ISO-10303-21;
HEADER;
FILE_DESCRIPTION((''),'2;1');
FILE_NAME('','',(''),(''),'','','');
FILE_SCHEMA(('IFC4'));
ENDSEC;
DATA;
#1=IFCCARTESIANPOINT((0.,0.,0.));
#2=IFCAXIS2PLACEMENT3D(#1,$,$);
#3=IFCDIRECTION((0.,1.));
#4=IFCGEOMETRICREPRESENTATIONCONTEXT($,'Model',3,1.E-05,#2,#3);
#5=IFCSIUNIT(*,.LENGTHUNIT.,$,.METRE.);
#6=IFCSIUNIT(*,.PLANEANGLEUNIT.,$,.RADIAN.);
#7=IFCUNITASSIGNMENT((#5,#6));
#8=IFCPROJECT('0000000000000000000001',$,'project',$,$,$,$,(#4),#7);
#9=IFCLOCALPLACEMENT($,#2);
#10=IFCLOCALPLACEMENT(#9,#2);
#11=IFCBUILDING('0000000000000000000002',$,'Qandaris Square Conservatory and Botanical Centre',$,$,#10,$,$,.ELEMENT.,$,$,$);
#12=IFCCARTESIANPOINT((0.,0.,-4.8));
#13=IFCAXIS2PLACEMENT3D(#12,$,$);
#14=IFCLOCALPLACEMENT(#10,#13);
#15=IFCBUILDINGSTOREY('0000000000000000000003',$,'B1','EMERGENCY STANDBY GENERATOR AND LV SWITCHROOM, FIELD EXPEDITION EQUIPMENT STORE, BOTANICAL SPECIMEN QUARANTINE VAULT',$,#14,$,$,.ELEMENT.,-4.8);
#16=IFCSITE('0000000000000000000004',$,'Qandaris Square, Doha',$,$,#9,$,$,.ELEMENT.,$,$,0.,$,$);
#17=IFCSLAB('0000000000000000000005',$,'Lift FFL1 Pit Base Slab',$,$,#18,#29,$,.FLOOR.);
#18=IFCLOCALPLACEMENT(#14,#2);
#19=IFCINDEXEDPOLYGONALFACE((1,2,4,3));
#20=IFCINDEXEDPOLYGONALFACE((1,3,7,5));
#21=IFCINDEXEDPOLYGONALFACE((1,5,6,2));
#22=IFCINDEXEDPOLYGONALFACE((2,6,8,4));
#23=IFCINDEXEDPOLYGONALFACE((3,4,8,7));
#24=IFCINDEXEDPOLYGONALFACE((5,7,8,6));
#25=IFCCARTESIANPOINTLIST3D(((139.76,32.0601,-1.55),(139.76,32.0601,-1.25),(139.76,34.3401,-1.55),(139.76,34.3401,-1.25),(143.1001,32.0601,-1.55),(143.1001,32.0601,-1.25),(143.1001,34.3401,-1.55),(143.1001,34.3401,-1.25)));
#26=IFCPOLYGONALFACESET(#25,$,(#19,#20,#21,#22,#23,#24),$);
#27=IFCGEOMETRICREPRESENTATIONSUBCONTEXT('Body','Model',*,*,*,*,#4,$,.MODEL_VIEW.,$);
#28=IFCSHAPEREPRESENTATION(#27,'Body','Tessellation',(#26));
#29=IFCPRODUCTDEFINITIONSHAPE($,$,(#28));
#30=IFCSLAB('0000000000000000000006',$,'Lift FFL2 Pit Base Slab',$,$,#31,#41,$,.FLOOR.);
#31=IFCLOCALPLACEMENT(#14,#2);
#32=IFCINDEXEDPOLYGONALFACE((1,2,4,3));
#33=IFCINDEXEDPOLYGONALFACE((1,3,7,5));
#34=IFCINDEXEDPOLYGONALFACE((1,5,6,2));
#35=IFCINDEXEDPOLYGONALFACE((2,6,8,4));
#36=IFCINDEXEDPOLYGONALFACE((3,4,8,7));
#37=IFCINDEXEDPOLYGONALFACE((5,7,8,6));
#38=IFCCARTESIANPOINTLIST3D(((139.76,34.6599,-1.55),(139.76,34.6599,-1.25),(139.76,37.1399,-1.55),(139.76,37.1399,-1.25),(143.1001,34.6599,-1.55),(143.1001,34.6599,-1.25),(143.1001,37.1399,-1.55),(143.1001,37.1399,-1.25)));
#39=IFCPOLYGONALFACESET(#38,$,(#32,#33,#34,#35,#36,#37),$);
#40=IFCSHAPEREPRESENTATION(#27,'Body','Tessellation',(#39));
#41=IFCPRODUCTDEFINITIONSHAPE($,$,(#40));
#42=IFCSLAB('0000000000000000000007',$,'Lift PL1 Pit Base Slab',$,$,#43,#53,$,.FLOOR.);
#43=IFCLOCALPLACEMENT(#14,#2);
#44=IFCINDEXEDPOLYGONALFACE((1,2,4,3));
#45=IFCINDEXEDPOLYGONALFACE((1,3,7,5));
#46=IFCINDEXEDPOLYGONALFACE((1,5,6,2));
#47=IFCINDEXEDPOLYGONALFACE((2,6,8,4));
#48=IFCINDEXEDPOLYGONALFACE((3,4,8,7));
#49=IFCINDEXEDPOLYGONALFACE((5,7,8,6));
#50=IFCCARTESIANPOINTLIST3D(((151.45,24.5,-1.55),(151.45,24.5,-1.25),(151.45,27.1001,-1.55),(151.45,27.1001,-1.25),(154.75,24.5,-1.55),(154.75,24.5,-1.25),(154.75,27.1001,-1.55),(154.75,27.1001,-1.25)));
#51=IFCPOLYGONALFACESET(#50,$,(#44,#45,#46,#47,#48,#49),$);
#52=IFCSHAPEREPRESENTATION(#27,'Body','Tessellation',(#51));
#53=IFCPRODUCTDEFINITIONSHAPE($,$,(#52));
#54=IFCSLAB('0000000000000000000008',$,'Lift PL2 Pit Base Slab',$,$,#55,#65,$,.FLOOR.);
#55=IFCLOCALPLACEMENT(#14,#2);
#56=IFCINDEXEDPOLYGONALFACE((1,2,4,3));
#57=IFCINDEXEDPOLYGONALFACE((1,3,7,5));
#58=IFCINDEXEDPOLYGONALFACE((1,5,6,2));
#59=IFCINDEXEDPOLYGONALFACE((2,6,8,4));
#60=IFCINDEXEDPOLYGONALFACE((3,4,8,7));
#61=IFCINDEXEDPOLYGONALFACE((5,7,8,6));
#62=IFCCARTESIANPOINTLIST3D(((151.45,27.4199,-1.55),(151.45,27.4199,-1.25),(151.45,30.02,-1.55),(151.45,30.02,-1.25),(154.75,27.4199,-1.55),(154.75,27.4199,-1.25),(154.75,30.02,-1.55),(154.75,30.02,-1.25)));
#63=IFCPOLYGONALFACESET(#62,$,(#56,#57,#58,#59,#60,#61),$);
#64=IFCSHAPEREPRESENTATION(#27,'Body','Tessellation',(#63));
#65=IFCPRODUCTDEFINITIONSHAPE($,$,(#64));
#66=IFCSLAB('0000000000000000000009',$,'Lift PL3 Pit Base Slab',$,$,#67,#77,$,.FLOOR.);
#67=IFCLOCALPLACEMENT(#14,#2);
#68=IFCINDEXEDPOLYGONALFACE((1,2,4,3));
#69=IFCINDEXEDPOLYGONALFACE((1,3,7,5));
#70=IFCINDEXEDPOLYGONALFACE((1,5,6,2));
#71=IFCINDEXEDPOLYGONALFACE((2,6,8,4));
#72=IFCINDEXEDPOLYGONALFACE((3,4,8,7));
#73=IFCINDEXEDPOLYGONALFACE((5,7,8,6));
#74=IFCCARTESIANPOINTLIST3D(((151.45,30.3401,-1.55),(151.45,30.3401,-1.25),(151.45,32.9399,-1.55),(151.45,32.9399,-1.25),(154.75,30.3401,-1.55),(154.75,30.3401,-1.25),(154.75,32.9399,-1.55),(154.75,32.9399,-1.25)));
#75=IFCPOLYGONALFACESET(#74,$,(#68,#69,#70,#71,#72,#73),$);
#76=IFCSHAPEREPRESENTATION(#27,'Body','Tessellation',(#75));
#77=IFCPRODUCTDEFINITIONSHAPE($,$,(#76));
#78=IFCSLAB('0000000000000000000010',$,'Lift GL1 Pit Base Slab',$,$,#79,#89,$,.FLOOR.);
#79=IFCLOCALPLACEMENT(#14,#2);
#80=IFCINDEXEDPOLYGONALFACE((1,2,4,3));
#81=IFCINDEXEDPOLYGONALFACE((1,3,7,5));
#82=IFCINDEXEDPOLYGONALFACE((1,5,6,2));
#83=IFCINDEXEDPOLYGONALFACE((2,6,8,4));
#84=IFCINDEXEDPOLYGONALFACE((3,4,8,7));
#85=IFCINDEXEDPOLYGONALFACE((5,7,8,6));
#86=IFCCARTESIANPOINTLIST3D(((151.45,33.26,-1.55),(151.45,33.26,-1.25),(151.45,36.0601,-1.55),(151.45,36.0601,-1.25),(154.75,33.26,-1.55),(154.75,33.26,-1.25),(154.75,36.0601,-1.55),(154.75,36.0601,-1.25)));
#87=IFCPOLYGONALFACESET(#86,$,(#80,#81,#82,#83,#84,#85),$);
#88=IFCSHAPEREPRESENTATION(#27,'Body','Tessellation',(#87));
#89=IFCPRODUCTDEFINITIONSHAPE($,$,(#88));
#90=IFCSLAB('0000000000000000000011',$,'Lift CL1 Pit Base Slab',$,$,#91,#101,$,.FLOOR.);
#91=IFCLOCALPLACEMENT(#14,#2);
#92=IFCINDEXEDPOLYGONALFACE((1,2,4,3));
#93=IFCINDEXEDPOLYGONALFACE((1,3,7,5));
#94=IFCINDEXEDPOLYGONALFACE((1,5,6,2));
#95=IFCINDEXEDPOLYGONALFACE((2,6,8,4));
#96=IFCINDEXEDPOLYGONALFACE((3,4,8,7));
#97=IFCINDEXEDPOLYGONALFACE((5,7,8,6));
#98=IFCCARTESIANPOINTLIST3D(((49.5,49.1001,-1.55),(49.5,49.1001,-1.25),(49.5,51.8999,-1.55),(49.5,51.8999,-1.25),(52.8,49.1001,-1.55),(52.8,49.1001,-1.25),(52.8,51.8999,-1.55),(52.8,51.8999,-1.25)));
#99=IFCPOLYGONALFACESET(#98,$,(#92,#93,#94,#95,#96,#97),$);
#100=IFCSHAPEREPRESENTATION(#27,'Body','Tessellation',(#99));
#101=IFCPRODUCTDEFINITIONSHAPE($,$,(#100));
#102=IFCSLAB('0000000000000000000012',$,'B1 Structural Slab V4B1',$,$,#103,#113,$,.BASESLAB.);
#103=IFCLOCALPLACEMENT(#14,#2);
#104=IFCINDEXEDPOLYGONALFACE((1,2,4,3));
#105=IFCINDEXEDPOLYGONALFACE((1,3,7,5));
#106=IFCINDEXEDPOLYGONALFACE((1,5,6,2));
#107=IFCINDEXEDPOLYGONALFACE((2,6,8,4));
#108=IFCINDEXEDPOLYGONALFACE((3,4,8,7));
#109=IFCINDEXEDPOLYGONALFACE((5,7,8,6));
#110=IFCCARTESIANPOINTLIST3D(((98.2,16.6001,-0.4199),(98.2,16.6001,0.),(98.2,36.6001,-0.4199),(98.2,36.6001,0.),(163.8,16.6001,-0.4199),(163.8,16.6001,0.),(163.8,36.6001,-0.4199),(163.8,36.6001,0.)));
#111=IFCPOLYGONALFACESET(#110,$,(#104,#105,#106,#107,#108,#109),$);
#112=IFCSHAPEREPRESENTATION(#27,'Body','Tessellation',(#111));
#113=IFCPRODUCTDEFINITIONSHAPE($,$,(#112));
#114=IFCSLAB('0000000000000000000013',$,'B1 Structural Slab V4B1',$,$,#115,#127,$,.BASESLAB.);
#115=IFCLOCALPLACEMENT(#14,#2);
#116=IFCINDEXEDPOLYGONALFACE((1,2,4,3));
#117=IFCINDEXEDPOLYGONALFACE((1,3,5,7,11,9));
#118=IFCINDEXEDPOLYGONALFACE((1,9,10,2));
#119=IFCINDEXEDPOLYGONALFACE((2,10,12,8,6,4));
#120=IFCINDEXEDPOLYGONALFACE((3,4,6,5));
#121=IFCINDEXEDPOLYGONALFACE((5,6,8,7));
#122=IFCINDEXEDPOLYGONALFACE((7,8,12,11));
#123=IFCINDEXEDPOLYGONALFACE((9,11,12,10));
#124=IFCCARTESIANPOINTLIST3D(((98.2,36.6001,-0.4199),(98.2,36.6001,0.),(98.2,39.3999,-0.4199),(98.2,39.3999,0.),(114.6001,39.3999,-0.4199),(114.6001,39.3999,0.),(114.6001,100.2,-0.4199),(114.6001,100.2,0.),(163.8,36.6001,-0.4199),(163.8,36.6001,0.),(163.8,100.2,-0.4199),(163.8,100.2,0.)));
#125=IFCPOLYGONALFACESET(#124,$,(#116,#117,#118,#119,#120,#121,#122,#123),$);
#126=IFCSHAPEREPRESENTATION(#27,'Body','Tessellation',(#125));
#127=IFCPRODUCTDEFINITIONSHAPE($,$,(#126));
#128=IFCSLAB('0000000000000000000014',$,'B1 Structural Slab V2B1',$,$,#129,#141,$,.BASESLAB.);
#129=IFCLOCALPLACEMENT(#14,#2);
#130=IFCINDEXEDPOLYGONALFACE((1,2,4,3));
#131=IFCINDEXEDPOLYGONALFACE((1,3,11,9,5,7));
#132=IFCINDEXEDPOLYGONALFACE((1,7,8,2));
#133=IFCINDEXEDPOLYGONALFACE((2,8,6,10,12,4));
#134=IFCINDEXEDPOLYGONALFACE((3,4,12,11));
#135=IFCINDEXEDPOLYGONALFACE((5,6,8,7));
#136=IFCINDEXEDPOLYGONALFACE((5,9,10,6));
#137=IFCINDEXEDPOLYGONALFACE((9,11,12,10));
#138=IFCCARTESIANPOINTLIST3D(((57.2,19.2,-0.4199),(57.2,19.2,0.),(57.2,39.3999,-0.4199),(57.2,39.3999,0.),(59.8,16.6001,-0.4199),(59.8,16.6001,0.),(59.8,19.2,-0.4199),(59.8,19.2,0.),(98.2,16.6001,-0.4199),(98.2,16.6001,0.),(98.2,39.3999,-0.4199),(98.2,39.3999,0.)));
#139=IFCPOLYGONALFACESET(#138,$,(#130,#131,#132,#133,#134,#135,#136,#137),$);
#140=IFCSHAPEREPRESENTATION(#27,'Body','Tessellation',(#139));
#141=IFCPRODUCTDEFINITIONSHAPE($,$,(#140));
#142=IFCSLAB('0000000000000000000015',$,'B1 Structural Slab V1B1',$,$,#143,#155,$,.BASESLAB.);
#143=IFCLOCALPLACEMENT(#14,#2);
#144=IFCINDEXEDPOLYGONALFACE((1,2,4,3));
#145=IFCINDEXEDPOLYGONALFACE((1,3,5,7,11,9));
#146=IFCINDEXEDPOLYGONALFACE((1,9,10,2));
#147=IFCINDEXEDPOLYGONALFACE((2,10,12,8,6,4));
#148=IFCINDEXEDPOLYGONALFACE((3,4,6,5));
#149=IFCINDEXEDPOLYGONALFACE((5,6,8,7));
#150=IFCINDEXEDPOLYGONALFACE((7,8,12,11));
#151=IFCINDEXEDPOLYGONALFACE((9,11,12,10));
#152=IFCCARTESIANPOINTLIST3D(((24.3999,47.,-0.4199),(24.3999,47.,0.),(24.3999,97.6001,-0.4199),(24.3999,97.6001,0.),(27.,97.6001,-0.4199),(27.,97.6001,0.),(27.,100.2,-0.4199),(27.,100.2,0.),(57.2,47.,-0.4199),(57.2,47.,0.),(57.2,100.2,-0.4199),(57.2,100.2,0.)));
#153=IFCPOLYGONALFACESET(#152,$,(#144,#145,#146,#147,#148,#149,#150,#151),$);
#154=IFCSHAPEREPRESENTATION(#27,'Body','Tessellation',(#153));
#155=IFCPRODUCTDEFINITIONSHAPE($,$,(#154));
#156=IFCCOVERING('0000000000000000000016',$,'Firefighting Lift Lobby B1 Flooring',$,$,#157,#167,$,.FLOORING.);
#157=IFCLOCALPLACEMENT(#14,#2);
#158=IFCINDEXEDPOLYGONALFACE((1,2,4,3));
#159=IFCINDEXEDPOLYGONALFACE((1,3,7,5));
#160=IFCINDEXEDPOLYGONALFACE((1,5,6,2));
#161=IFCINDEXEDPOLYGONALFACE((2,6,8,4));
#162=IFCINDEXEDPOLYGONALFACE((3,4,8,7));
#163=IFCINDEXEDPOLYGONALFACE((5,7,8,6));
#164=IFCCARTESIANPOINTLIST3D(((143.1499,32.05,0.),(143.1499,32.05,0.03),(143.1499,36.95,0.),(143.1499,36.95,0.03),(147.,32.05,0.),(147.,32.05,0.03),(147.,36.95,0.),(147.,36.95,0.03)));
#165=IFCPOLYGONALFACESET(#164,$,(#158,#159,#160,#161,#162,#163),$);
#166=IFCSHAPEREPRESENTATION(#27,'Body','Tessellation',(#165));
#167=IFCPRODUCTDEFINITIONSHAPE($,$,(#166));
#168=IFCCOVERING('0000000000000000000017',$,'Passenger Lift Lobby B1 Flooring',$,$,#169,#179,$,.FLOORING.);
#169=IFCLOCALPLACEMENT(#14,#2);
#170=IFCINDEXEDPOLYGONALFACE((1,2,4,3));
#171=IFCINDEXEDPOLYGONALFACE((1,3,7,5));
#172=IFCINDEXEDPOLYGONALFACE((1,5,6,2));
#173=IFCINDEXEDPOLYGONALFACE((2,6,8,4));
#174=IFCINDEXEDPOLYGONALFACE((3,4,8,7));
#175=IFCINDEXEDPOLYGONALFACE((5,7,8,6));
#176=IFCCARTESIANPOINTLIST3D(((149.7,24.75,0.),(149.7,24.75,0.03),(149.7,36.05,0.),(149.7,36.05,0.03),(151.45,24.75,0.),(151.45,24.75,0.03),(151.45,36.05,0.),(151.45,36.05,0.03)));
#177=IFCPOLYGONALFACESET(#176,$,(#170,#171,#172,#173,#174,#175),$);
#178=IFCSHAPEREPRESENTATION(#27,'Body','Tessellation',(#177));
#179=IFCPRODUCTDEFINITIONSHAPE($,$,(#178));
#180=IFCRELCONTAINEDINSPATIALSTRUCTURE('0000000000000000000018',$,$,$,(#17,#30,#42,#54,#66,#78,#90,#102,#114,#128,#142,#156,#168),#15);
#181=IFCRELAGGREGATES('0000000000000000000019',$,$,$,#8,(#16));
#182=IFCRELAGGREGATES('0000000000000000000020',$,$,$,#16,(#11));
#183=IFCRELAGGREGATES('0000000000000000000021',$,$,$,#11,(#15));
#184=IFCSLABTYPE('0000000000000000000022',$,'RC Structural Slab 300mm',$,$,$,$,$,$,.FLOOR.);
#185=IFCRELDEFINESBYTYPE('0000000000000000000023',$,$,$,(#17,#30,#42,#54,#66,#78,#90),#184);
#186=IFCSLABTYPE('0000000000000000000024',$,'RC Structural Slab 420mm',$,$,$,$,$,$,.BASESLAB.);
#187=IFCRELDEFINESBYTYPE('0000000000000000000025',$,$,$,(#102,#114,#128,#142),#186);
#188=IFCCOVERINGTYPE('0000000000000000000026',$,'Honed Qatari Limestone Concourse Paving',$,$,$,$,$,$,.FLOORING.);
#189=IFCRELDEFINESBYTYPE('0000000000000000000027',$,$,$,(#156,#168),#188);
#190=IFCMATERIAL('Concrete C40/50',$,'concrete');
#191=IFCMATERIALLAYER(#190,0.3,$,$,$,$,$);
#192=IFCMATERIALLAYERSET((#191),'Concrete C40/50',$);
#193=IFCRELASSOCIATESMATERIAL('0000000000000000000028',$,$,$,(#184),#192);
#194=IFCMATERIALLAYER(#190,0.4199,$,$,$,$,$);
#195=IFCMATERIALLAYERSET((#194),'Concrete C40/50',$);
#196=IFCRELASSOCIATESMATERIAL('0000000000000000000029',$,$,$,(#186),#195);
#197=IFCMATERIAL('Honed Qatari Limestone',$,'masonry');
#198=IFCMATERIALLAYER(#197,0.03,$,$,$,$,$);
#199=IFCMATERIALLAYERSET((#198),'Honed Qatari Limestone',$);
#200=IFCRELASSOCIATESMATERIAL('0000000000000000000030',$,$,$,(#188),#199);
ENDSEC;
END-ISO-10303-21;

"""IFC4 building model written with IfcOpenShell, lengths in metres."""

from ifc_helpers import new_model, si_unit, direction, frame, origin, place, context, subcontext, project, spatial, polyline, outline, extrude, material, layer, layer_set, type_object, element, save


model = new_model("IFC4")

# Units and contexts
model_context = context("Model", 3, precision=1e-05, world=origin(), true_north=direction((0.0, 1.0)))
body_context = subcontext(model_context, "Body", "Model", "MODEL_VIEW")
ifc_project = project(units=[si_unit("LENGTHUNIT", "METRE"), si_unit("PLANEANGLEUNIT", "RADIAN")], contexts=[model_context])

# Site, building, storey
site_placement = place(None, origin())
site = spatial("IfcSite", under=ifc_project, at=site_placement, Name="Qandaris Square, Doha", CompositionType="ELEMENT", RefElevation=0.0)
building_placement = place(site_placement, origin())
building = spatial("IfcBuilding", under=site, at=building_placement, Name="Qandaris Square Conservatory and Botanical Centre", CompositionType="ELEMENT")
storey_placement = place(building_placement, frame((0.0, 0.0, -4.8)))
storey = spatial("IfcBuildingStorey", under=building, at=storey_placement, Name="B1", Description="EMERGENCY STANDBY GENERATOR AND LV SWITCHROOM, FIELD EXPEDITION EQUIPMENT STORE, BOTANICAL SPECIMEN QUARANTINE VAULT", CompositionType="ELEMENT", Elevation=-4.8)

# Slabs
ifc_material_1 = material(Name="Concrete C40/50", Category="concrete")
ifc_layer_1 = layer(ifc_material_1, 0.3)
ifc_layer_set_1 = layer_set([ifc_layer_1], Name="Concrete C40/50")
slab_type_1 = type_object("IfcSlabType", Name="RC Structural Slab 300mm", PredefinedType="FLOOR", material=ifc_layer_set_1)
slab_1_placement = place(storey_placement, frame((0.0, 0.0, -1.55)))
element("IfcSlab", 1, at=slab_1_placement, inside=storey, type_object=slab_type_1, Name="Lift FFL1 Pit Base Slab", PredefinedType="FLOOR", context=body_context, shape_type="SweptSolid", body=[
    extrude(outline(polyline([(139.76, 32.0601), (143.1001, 32.0601), (143.1001, 34.3401), (139.76, 34.3401), (139.76, 32.0601)])), origin(), (0.0, 0.0, 1.0), 0.3),
])
slab_2_placement = place(storey_placement, frame((0.0, 0.0, -1.55)))
element("IfcSlab", 2, at=slab_2_placement, inside=storey, type_object=slab_type_1, Name="Lift FFL2 Pit Base Slab", PredefinedType="FLOOR", context=body_context, shape_type="SweptSolid", body=[
    extrude(outline(polyline([(139.76, 34.6599), (143.1001, 34.6599), (143.1001, 37.1399), (139.76, 37.1399), (139.76, 34.6599)])), origin(), (0.0, 0.0, 1.0), 0.3),
])
slab_3_placement = place(storey_placement, frame((0.0, 0.0, -1.55)))
element("IfcSlab", 3, at=slab_3_placement, inside=storey, type_object=slab_type_1, Name="Lift PL1 Pit Base Slab", PredefinedType="FLOOR", context=body_context, shape_type="SweptSolid", body=[
    extrude(outline(polyline([(151.45, 24.5), (154.75, 24.5), (154.75, 27.1001), (151.45, 27.1001), (151.45, 24.5)])), origin(), (0.0, 0.0, 1.0), 0.3),
])
slab_4_placement = place(storey_placement, frame((0.0, 0.0, -1.55)))
element("IfcSlab", 4, at=slab_4_placement, inside=storey, type_object=slab_type_1, Name="Lift PL2 Pit Base Slab", PredefinedType="FLOOR", context=body_context, shape_type="SweptSolid", body=[
    extrude(outline(polyline([(151.45, 27.4199), (154.75, 27.4199), (154.75, 30.02), (151.45, 30.02), (151.45, 27.4199)])), origin(), (0.0, 0.0, 1.0), 0.3),
])
slab_5_placement = place(storey_placement, frame((0.0, 0.0, -1.55)))
element("IfcSlab", 5, at=slab_5_placement, inside=storey, type_object=slab_type_1, Name="Lift PL3 Pit Base Slab", PredefinedType="FLOOR", context=body_context, shape_type="SweptSolid", body=[
    extrude(outline(polyline([(151.45, 30.3401), (154.75, 30.3401), (154.75, 32.9399), (151.45, 32.9399), (151.45, 30.3401)])), origin(), (0.0, 0.0, 1.0), 0.3),
])
slab_6_placement = place(storey_placement, frame((0.0, 0.0, -1.55)))
element("IfcSlab", 6, at=slab_6_placement, inside=storey, type_object=slab_type_1, Name="Lift GL1 Pit Base Slab", PredefinedType="FLOOR", context=body_context, shape_type="SweptSolid", body=[
    extrude(outline(polyline([(151.45, 33.26), (154.75, 33.26), (154.75, 36.0601), (151.45, 36.0601), (151.45, 33.26)])), origin(), (0.0, 0.0, 1.0), 0.3),
])
slab_7_placement = place(storey_placement, frame((0.0, 0.0, -1.55)))
element("IfcSlab", 7, at=slab_7_placement, inside=storey, type_object=slab_type_1, Name="Lift CL1 Pit Base Slab", PredefinedType="FLOOR", context=body_context, shape_type="SweptSolid", body=[
    extrude(outline(polyline([(49.5, 49.1001), (52.8, 49.1001), (52.8, 51.8999), (49.5, 51.8999), (49.5, 49.1001)])), origin(), (0.0, 0.0, 1.0), 0.3),
])
ifc_layer_2 = layer(ifc_material_1, 0.4199)
ifc_layer_set_2 = layer_set([ifc_layer_2], Name="Concrete C40/50")
slab_type_2 = type_object("IfcSlabType", Name="RC Structural Slab 420mm", PredefinedType="BASESLAB", material=ifc_layer_set_2)
slab_8_placement = place(storey_placement, frame((0.0, 0.0, -0.4199)))
element("IfcSlab", 8, at=slab_8_placement, inside=storey, type_object=slab_type_2, Name="B1 Structural Slab V4B1", PredefinedType="BASESLAB", context=body_context, shape_type="SweptSolid", body=[
    extrude(outline(polyline([(163.8, 16.6001), (98.2, 16.6001), (98.2, 36.6001), (163.8, 36.6001), (163.8, 16.6001)])), origin(), (0.0, 0.0, 1.0), 0.4199),
])
slab_9_placement = place(storey_placement, frame((0.0, 0.0, -0.4199)))
element("IfcSlab", 9, at=slab_9_placement, inside=storey, type_object=slab_type_2, Name="B1 Structural Slab V4B1", PredefinedType="BASESLAB", context=body_context, shape_type="SweptSolid", body=[
    extrude(outline(polyline([(98.2, 39.3999), (114.6001, 39.3999), (114.6001, 100.2), (163.8, 100.2), (163.8, 36.6001), (98.2, 36.6001), (98.2, 39.3999)])), origin(), (0.0, 0.0, 1.0), 0.4199),
])
slab_10_placement = place(storey_placement, frame((0.0, 0.0, -0.4199)))
element("IfcSlab", 10, at=slab_10_placement, inside=storey, type_object=slab_type_2, Name="B1 Structural Slab V2B1", PredefinedType="BASESLAB", context=body_context, shape_type="SweptSolid", body=[
    extrude(outline(polyline([(57.2, 39.3999), (98.2, 39.3999), (98.2, 16.6001), (59.8, 16.6001), (59.8, 19.2), (57.2, 19.2), (57.2, 39.3999)])), origin(), (0.0, 0.0, 1.0), 0.4199),
])
slab_11_placement = place(storey_placement, frame((0.0, 0.0, -0.4199)))
element("IfcSlab", 11, at=slab_11_placement, inside=storey, type_object=slab_type_2, Name="B1 Structural Slab V1B1", PredefinedType="BASESLAB", context=body_context, shape_type="SweptSolid", body=[
    extrude(outline(polyline([(57.2, 100.2), (57.2, 47.0), (24.3999, 47.0), (24.3999, 97.6001), (27.0, 97.6001), (27.0, 100.2), (57.2, 100.2)])), origin(), (0.0, 0.0, 1.0), 0.4199),
])

# Coverings
ifc_material_2 = material(Name="Honed Qatari Limestone", Category="masonry")
ifc_layer_3 = layer(ifc_material_2, 0.03)
ifc_layer_set_3 = layer_set([ifc_layer_3], Name="Honed Qatari Limestone")
covering_type_1 = type_object("IfcCoveringType", Name="Honed Qatari Limestone Concourse Paving", PredefinedType="FLOORING", material=ifc_layer_set_3)
covering_1_placement = place(storey_placement, origin())
element("IfcCovering", 12, at=covering_1_placement, inside=storey, type_object=covering_type_1, Name="Firefighting Lift Lobby B1 Flooring", PredefinedType="FLOORING", context=body_context, shape_type="SweptSolid", body=[
    extrude(outline(polyline([(143.1499, 36.95), (147.0, 36.95), (147.0, 32.05), (143.1499, 32.05), (143.1499, 36.95)])), origin(), (0.0, 0.0, 1.0), 0.03),
])
covering_2_placement = place(storey_placement, origin())
element("IfcCovering", 13, at=covering_2_placement, inside=storey, type_object=covering_type_1, Name="Passenger Lift Lobby B1 Flooring", PredefinedType="FLOORING", context=body_context, shape_type="SweptSolid", body=[
    extrude(outline(polyline([(149.7, 36.05), (151.45, 36.05), (151.45, 24.75), (149.7, 24.75), (149.7, 36.05)])), origin(), (0.0, 0.0, 1.0), 0.03),
])

save(model, "model.ifc")
